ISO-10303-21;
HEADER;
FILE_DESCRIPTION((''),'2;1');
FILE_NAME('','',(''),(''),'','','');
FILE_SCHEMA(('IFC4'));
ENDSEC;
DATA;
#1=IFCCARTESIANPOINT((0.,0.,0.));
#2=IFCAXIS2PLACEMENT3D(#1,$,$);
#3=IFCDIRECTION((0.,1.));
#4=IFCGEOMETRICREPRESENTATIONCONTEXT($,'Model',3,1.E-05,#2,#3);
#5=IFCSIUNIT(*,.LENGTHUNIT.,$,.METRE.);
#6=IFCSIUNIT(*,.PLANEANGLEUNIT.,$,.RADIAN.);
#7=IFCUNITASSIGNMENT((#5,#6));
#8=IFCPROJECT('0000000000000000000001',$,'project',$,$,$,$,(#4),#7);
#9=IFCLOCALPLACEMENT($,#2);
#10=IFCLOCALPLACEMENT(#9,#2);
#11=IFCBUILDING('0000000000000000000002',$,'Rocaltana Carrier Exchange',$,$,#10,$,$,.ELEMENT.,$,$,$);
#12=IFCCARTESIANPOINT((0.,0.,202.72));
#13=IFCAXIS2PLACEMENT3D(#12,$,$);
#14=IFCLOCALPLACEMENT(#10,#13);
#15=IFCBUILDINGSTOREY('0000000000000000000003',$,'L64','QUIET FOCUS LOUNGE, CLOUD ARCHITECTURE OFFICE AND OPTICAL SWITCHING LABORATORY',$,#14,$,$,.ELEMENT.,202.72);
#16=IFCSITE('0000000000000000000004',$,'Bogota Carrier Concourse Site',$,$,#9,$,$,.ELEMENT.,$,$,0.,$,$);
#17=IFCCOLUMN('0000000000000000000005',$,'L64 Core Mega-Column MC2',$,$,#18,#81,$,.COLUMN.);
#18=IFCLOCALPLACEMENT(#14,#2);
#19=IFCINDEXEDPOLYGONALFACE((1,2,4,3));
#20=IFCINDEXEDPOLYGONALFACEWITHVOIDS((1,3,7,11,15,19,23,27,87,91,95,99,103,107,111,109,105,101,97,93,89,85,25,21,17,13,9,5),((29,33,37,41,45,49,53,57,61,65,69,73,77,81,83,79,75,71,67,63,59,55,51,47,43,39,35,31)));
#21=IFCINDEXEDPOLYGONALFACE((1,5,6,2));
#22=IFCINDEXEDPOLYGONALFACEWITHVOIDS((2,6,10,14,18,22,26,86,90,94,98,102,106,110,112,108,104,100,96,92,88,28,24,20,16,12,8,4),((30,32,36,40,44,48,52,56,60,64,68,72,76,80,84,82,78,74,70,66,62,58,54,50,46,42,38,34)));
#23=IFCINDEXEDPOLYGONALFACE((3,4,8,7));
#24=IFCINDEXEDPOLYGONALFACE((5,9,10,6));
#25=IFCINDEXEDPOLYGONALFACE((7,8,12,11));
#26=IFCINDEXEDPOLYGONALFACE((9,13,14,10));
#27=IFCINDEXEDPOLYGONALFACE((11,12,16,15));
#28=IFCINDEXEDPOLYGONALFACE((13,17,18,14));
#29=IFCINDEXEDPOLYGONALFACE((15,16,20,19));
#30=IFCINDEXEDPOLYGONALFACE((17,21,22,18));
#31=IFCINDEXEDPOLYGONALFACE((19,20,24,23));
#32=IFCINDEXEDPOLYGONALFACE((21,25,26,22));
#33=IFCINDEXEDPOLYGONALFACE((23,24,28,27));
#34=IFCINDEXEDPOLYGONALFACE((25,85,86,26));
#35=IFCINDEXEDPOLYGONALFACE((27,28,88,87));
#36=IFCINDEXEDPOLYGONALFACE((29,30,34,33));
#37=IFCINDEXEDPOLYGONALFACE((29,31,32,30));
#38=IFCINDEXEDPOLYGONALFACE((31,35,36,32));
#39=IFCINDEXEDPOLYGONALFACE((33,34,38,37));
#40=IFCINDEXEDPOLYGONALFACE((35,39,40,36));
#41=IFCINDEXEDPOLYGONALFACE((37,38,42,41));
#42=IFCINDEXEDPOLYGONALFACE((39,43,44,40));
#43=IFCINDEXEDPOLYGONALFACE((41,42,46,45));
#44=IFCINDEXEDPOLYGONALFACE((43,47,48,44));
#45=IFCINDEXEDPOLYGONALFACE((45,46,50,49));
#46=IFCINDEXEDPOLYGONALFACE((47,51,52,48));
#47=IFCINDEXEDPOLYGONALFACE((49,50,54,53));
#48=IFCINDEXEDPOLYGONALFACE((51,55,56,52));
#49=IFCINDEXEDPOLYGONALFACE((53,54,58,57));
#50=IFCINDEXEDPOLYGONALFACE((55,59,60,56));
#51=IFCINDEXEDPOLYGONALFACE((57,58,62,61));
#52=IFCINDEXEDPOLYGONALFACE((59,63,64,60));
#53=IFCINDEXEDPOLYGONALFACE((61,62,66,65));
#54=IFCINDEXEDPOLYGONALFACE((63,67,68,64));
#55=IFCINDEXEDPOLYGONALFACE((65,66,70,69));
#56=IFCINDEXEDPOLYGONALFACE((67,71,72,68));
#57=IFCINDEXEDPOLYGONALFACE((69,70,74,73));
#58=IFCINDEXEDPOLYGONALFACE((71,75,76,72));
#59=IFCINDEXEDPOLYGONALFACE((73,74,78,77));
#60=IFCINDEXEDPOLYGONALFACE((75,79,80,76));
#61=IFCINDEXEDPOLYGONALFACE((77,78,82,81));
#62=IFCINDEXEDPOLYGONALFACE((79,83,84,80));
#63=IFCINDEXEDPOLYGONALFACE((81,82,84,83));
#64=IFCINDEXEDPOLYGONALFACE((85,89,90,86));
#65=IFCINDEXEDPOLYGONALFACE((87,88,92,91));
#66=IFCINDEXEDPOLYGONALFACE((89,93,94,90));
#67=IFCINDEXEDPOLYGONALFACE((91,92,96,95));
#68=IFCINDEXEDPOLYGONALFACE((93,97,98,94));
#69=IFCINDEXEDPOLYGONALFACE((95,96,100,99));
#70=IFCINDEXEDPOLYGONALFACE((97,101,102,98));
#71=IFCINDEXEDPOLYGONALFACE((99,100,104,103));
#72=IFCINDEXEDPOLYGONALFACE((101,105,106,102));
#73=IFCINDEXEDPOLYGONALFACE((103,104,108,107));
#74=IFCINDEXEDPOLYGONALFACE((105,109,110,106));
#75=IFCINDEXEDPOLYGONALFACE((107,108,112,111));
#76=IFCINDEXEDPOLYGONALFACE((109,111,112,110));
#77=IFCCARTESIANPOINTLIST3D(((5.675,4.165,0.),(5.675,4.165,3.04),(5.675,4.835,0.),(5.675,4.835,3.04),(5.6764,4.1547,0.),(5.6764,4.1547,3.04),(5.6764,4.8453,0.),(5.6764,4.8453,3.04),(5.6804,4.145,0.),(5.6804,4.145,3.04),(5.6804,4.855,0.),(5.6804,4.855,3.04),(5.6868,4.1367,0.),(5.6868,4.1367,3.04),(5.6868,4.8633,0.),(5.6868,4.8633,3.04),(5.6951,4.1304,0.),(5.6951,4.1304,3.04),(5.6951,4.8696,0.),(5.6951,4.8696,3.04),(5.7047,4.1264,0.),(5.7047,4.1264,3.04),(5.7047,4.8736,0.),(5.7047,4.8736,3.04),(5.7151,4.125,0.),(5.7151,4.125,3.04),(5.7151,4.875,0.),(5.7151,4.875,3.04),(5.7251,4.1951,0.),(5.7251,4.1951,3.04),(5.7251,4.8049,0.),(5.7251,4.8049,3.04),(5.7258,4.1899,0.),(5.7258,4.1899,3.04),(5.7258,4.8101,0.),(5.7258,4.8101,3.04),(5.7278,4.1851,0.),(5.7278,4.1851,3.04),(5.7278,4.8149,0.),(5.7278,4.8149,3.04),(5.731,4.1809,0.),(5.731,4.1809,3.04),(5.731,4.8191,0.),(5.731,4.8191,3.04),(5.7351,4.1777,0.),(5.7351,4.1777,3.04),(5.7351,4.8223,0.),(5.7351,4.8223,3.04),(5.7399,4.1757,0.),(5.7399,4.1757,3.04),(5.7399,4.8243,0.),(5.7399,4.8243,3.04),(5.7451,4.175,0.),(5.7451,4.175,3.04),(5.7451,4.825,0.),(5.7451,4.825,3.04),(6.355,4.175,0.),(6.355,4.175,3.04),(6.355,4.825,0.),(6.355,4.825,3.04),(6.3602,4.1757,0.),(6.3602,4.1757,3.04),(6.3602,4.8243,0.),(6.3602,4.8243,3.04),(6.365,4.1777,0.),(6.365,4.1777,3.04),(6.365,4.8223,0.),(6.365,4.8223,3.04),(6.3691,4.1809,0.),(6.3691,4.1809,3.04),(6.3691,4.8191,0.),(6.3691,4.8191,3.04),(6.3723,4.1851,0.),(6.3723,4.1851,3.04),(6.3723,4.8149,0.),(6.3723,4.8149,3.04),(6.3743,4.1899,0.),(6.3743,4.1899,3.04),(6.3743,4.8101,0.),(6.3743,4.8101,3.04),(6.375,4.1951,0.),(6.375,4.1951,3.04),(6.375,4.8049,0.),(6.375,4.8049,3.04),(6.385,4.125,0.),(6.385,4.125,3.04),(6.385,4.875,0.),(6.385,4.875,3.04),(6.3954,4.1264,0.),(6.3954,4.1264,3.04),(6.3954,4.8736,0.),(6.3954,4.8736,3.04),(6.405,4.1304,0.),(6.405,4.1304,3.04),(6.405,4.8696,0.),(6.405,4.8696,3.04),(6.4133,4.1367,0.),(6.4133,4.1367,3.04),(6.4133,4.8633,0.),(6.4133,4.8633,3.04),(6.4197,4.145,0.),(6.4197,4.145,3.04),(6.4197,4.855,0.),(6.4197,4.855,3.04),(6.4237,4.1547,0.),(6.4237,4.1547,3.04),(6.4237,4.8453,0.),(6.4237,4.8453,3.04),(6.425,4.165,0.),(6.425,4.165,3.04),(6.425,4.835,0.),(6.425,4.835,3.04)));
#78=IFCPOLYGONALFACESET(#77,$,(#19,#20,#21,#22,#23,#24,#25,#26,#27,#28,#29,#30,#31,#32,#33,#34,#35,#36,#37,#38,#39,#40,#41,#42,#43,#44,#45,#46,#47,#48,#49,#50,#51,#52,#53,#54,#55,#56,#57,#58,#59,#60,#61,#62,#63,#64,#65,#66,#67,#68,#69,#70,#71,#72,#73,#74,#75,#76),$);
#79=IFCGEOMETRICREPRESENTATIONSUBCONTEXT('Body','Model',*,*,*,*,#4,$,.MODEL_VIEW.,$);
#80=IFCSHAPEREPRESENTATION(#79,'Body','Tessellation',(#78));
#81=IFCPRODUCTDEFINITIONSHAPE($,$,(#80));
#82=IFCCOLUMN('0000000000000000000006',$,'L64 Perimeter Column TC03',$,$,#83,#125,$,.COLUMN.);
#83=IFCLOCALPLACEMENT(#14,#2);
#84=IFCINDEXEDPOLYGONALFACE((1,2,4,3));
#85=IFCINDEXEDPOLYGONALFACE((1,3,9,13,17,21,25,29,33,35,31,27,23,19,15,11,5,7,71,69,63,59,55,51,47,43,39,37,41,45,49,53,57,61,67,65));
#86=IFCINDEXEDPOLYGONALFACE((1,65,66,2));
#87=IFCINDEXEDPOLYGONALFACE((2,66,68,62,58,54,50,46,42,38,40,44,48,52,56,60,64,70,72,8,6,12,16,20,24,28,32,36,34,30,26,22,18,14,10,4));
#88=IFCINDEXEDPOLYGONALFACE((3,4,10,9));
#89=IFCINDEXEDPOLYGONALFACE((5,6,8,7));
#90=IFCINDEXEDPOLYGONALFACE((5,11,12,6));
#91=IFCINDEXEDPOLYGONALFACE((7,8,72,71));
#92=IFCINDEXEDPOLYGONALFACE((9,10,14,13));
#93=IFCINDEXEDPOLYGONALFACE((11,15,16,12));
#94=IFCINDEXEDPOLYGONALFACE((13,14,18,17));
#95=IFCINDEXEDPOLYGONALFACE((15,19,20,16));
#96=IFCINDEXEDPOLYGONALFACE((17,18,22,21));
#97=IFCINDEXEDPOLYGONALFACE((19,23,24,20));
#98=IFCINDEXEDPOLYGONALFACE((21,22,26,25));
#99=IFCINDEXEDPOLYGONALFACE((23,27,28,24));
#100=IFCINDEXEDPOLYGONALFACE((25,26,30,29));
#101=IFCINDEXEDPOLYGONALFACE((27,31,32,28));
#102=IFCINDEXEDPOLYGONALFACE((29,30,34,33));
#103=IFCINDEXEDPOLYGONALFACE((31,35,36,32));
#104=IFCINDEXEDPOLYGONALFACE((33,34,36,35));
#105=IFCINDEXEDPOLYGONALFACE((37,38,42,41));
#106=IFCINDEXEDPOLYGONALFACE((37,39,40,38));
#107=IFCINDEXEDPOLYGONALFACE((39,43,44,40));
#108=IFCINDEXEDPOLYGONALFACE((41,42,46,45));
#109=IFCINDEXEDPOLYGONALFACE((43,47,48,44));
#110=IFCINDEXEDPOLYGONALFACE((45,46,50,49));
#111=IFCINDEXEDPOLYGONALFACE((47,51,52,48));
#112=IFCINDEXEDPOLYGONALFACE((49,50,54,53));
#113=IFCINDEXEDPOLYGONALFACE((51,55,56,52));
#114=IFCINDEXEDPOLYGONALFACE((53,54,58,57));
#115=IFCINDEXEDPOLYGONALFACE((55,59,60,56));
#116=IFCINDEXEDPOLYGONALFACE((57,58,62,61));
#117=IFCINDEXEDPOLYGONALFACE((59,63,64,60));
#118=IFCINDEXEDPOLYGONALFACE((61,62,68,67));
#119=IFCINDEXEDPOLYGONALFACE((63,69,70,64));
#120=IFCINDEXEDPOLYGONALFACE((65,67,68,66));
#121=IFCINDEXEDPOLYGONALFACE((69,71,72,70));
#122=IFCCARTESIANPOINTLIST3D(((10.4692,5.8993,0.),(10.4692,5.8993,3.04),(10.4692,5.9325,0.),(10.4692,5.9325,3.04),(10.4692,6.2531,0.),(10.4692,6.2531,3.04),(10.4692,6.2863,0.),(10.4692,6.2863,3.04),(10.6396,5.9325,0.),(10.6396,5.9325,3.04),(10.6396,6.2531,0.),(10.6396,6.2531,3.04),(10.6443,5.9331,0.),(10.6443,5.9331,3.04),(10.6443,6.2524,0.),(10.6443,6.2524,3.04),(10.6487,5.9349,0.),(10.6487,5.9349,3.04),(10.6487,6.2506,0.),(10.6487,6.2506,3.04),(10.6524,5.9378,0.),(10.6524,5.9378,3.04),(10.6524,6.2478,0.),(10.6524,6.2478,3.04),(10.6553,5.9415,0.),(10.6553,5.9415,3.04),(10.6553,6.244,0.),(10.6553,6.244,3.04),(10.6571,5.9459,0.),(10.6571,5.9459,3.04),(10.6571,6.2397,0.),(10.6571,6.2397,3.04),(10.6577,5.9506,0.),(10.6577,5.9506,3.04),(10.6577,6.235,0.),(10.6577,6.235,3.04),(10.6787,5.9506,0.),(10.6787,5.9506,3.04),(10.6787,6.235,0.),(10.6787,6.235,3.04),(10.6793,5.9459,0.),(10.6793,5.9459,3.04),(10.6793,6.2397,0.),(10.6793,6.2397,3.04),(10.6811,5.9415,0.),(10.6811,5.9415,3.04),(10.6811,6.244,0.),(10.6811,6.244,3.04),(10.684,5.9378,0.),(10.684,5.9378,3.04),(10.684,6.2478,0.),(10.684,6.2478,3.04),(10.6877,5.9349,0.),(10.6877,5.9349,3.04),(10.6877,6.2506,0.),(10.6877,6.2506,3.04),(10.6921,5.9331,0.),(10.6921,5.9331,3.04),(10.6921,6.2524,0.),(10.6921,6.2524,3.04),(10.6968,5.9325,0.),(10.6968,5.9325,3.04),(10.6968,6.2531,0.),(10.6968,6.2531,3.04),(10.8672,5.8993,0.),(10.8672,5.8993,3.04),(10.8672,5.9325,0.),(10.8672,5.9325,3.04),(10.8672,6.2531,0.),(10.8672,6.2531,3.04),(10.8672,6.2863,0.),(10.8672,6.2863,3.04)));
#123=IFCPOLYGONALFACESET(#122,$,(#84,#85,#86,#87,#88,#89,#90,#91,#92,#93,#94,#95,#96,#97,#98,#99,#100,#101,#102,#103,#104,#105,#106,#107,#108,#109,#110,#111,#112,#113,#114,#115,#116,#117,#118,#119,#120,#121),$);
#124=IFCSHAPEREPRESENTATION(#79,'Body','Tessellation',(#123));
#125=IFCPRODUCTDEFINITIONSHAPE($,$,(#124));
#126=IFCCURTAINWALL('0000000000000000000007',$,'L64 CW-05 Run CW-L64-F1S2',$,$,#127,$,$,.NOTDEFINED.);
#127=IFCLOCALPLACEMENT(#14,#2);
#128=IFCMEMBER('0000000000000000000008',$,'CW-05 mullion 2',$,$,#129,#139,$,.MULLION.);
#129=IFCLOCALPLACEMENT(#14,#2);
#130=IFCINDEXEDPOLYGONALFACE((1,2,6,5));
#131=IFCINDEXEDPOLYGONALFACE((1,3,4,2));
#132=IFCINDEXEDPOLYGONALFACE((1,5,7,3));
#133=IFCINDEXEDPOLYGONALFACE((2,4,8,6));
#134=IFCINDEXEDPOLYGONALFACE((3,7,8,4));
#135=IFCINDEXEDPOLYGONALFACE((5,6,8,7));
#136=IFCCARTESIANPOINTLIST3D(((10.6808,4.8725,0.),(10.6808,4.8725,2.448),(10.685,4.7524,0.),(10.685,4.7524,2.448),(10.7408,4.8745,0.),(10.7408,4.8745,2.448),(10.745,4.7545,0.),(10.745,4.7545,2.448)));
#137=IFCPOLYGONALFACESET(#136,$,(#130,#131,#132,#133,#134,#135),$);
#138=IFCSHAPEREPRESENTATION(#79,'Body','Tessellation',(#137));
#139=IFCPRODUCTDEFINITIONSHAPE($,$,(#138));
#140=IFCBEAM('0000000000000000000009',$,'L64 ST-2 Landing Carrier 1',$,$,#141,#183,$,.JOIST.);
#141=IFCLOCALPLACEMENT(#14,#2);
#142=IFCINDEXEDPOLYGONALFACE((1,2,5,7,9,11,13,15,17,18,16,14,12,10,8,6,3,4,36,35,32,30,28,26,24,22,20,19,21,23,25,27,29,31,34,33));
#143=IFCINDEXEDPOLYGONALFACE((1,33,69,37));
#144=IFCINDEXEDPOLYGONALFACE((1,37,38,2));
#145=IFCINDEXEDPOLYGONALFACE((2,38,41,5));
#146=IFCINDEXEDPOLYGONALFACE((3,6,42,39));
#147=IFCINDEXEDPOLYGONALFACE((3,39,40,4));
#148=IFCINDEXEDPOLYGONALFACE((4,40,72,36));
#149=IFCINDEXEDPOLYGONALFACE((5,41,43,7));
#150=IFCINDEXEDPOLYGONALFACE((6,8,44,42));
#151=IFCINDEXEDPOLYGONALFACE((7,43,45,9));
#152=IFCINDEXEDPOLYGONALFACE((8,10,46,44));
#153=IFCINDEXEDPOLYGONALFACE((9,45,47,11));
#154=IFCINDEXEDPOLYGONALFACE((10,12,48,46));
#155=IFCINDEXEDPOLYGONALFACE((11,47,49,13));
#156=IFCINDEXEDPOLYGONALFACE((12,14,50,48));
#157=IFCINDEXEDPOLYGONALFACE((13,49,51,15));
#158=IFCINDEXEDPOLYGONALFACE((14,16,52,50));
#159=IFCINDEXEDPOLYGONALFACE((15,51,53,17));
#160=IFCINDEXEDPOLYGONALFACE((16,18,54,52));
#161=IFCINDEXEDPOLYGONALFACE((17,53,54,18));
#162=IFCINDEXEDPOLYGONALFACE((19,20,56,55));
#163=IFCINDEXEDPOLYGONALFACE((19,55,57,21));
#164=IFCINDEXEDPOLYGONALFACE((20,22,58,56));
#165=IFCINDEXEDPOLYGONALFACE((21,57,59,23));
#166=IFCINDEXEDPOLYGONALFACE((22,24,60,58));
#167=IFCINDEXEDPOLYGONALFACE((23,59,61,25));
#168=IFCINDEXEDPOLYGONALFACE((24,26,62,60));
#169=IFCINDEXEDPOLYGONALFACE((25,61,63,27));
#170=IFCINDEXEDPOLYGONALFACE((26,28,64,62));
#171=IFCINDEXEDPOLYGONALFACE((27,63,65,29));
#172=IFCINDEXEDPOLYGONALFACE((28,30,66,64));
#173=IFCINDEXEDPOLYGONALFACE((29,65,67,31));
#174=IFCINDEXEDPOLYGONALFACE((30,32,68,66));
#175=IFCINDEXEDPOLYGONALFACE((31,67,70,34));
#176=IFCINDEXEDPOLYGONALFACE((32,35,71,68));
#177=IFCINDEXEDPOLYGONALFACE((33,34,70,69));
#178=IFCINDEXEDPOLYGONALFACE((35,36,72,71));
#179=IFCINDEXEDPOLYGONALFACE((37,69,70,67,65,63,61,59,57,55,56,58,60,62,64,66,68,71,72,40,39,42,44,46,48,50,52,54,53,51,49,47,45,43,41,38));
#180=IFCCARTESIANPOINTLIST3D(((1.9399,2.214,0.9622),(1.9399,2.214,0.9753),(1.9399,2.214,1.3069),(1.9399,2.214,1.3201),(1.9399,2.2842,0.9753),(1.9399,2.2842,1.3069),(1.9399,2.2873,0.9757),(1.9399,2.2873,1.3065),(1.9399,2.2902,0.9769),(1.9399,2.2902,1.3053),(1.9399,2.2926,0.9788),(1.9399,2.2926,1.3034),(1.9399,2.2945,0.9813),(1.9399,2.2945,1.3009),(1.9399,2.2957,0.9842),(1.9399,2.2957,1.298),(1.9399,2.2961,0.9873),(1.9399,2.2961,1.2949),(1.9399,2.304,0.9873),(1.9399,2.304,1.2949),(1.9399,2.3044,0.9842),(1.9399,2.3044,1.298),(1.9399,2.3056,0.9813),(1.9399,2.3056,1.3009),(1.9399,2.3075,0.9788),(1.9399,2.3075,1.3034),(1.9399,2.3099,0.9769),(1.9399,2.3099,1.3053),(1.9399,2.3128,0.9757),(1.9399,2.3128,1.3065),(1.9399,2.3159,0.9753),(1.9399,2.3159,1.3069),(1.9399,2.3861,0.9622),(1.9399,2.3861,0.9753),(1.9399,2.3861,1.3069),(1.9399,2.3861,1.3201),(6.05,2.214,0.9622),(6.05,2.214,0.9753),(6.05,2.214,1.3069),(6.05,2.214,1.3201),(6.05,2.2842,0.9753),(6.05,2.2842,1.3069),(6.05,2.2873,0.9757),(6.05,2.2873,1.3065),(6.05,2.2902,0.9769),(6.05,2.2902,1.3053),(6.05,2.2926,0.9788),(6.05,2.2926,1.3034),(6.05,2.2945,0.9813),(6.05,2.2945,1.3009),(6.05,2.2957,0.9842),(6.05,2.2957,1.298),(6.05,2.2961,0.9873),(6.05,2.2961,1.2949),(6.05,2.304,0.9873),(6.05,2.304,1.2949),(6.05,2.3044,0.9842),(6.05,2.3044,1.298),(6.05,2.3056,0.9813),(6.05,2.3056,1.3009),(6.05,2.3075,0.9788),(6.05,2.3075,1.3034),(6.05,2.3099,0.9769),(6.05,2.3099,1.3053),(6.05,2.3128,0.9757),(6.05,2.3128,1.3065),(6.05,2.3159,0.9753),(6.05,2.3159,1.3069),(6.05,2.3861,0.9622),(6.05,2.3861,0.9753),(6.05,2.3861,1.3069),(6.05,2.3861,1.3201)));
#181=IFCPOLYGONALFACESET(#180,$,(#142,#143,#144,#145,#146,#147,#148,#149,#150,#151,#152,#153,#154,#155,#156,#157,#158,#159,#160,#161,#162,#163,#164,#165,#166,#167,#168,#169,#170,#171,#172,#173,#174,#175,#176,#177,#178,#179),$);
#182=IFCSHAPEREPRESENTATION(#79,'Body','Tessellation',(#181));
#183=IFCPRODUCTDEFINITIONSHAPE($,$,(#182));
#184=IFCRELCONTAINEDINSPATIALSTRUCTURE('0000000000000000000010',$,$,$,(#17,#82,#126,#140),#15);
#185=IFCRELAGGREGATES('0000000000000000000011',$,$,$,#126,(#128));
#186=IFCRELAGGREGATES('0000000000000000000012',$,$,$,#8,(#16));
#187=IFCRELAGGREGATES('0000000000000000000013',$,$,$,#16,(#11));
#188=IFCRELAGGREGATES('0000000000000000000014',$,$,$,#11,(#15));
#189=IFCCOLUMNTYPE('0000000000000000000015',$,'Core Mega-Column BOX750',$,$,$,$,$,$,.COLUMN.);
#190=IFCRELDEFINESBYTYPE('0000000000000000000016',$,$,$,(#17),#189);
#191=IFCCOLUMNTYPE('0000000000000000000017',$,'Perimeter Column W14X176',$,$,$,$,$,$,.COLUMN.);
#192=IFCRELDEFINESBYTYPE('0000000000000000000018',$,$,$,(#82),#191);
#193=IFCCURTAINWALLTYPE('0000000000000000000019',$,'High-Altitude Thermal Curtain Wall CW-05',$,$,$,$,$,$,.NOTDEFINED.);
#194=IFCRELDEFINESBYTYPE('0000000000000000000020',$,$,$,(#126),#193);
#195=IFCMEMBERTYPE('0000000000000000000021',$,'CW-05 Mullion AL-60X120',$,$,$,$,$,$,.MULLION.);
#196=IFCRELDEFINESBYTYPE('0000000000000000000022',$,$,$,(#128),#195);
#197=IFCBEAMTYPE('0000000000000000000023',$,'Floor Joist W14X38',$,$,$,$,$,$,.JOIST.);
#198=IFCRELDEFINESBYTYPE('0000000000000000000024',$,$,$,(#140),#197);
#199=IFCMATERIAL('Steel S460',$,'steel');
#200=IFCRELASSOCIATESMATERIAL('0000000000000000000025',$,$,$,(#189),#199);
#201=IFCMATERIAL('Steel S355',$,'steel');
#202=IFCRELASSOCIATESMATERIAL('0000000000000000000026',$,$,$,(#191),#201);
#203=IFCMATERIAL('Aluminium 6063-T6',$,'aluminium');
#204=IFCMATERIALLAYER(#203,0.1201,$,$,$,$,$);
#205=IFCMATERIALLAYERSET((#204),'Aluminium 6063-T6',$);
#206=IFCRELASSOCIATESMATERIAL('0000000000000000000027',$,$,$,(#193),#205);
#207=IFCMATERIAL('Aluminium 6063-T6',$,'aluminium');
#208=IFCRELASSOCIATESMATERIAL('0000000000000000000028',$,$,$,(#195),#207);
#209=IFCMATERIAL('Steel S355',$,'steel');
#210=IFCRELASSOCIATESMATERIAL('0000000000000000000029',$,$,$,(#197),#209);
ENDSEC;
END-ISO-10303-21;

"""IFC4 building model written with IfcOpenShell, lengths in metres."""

from ifc_helpers import new_model, si_unit, direction, frame, origin, origin_2d, place, context, subcontext, project, spatial, rectangle, hollow_rectangle, i_section, extrude, material, layer, layer_set, material_profile, profile_set, type_object, element, aggregate, save


model = new_model("IFC4")

# Units and contexts
model_context = context("Model", 3, precision=1e-05, world=origin(), true_north=direction((0.0, 1.0)))
body_context = subcontext(model_context, "Body", "Model", "MODEL_VIEW")
ifc_project = project(units=[si_unit("LENGTHUNIT", "METRE"), si_unit("PLANEANGLEUNIT", "RADIAN")], contexts=[model_context])

# Site, building, storey
site_placement = place(None, origin())
site = spatial("IfcSite", under=ifc_project, at=site_placement, Name="Bogota Carrier Concourse Site", CompositionType="ELEMENT", RefElevation=0.0)
building_placement = place(site_placement, origin())
building = spatial("IfcBuilding", under=site, at=building_placement, Name="Rocaltana Carrier Exchange", CompositionType="ELEMENT")
storey_placement = place(building_placement, frame((0.0, 0.0, 202.72)))
storey = spatial("IfcBuildingStorey", under=building, at=storey_placement, Name="L64", Description="QUIET FOCUS LOUNGE, CLOUD ARCHITECTURE OFFICE AND OPTICAL SWITCHING LABORATORY", CompositionType="ELEMENT", Elevation=202.72)

# Columns
ifc_material_1 = material(Name="Steel S460", Category="steel")
ifc_material_profile_1 = material_profile(ifc_material_1, hollow_rectangle(XDim=0.75, YDim=0.75, WallThickness=0.05, InnerFilletRadius=0.02, OuterFilletRadius=0.04, at=origin_2d()), Name="BOX750X750X50")
ifc_profile_set_1 = profile_set([ifc_material_profile_1], Name="Steel S460")
column_type_1 = type_object("IfcColumnType", Name="Core Mega-Column BOX750", PredefinedType="COLUMN", material=ifc_profile_set_1)
column_1_placement = place(storey_placement, frame((6.05, 4.5, 0.0), z_axis=(0.0, 0.0, 1.0), x_axis=(1.0, 0.0, 0.0)))
element("IfcColumn", 1, at=column_1_placement, inside=storey, type_object=column_type_1, Name="L64 Core Mega-Column MC2", PredefinedType="COLUMN", context=body_context, shape_type="SweptSolid", body=[
    extrude(hollow_rectangle(XDim=0.75, YDim=0.75, WallThickness=0.05, InnerFilletRadius=0.02, OuterFilletRadius=0.04, at=origin_2d()), origin(), (0.0, 0.0, 1.0), 3.04),
])
ifc_material_2 = material(Name="Steel S355", Category="steel")
ifc_material_profile_2 = material_profile(ifc_material_2, i_section(OverallWidth=0.3979, OverallDepth=0.387, WebThickness=0.021, FlangeThickness=0.0332, FilletRadius=0.0181, at=origin_2d()), Name="W14X176")
ifc_profile_set_2 = profile_set([ifc_material_profile_2], Name="Steel S355")
column_type_2 = type_object("IfcColumnType", Name="Perimeter Column W14X176", PredefinedType="COLUMN", material=ifc_profile_set_2)
column_2_placement = place(storey_placement, frame((10.6682, 6.0928, 0.0), z_axis=(0.0, 0.0, 1.0), x_axis=(1.0, 0.0, 0.0)))
element("IfcColumn", 2, at=column_2_placement, inside=storey, type_object=column_type_2, Name="L64 Perimeter Column TC03", PredefinedType="COLUMN", context=body_context, shape_type="SweptSolid", body=[
    extrude(i_section(OverallWidth=0.3979, OverallDepth=0.387, WebThickness=0.021, FlangeThickness=0.0332, FilletRadius=0.0181, at=origin_2d()), origin(), (0.0, 0.0, 1.0), 3.04),
])

# Curtain wall, member
ifc_material_3 = material(Name="Aluminium 6063-T6", Category="aluminium")
ifc_layer_1 = layer(ifc_material_3, 0.1201)
ifc_layer_set_1 = layer_set([ifc_layer_1], Name="Aluminium 6063-T6")
curtain_wall_type = type_object("IfcCurtainWallType", Name="High-Altitude Thermal Curtain Wall CW-05", PredefinedType="NOTDEFINED", material=ifc_layer_set_1)
curtain_wall_placement = place(storey_placement, origin())
curtain_wall = element("IfcCurtainWall", 3, at=curtain_wall_placement, inside=storey, type_object=curtain_wall_type, Name="L64 CW-05 Run CW-L64-F1S2", PredefinedType="NOTDEFINED")
ifc_material_4 = material(Name="Aluminium 6063-T6", Category="aluminium")
ifc_material_profile_3 = material_profile(ifc_material_4, rectangle(XDim=0.0601, YDim=0.1201, at=origin_2d()), Name="AL-60X120")
ifc_profile_set_3 = profile_set([ifc_material_profile_3], Name="Aluminium 6063-T6")
member_type = type_object("IfcMemberType", Name="CW-05 Mullion AL-60X120", PredefinedType="MULLION", material=ifc_profile_set_3)
member_placement = place(storey_placement, frame((10.7129, 4.8135, 0.0), z_axis=(0.0, 0.0, 1.0), x_axis=(-0.999391, -0.034903, 0.0)))
member = element("IfcMember", 4, at=member_placement, type_object=member_type, Name="CW-05 mullion 2", PredefinedType="MULLION", context=body_context, shape_type="SweptSolid", body=[
    extrude(rectangle(XDim=0.0601, YDim=0.1201, at=origin_2d()), origin(), (0.0, 0.0, 1.0), 2.448),
])

# Beam
ifc_material_5 = material(Name="Steel S355", Category="steel")
ifc_material_profile_4 = material_profile(ifc_material_5, i_section(OverallWidth=0.1721, OverallDepth=0.3579, WebThickness=0.0078, FlangeThickness=0.0132, FilletRadius=0.012, at=origin_2d()), Name="W14X38")
ifc_profile_set_4 = profile_set([ifc_material_profile_4], Name="Steel S355")
beam_type_1 = type_object("IfcBeamType", Name="Floor Joist W14X38", PredefinedType="JOIST", material=ifc_profile_set_4)
for number, where, z_axis, x_axis, name in (
    (5, (1.9399, 2.3, 1.1411), (1.0, 0.0, 0.0), (0.0, 1.0, 0.0), "L64 ST-2 Landing Carrier 1"),
):
    element("IfcBeam", number, at=place(storey_placement, frame(where, z_axis=z_axis, x_axis=x_axis)), inside=storey, type_object=beam_type_1, Name=name, PredefinedType="JOIST", context=body_context, shape_type="SweptSolid", body=[
        extrude(i_section(OverallWidth=0.1721, OverallDepth=0.3579, WebThickness=0.0078, FlangeThickness=0.0132, FilletRadius=0.012, at=origin_2d()), origin(), (0.0, 0.0, 1.0), 4.1101),
    ])

aggregate(curtain_wall, [member])

save(model, "model.ifc")
